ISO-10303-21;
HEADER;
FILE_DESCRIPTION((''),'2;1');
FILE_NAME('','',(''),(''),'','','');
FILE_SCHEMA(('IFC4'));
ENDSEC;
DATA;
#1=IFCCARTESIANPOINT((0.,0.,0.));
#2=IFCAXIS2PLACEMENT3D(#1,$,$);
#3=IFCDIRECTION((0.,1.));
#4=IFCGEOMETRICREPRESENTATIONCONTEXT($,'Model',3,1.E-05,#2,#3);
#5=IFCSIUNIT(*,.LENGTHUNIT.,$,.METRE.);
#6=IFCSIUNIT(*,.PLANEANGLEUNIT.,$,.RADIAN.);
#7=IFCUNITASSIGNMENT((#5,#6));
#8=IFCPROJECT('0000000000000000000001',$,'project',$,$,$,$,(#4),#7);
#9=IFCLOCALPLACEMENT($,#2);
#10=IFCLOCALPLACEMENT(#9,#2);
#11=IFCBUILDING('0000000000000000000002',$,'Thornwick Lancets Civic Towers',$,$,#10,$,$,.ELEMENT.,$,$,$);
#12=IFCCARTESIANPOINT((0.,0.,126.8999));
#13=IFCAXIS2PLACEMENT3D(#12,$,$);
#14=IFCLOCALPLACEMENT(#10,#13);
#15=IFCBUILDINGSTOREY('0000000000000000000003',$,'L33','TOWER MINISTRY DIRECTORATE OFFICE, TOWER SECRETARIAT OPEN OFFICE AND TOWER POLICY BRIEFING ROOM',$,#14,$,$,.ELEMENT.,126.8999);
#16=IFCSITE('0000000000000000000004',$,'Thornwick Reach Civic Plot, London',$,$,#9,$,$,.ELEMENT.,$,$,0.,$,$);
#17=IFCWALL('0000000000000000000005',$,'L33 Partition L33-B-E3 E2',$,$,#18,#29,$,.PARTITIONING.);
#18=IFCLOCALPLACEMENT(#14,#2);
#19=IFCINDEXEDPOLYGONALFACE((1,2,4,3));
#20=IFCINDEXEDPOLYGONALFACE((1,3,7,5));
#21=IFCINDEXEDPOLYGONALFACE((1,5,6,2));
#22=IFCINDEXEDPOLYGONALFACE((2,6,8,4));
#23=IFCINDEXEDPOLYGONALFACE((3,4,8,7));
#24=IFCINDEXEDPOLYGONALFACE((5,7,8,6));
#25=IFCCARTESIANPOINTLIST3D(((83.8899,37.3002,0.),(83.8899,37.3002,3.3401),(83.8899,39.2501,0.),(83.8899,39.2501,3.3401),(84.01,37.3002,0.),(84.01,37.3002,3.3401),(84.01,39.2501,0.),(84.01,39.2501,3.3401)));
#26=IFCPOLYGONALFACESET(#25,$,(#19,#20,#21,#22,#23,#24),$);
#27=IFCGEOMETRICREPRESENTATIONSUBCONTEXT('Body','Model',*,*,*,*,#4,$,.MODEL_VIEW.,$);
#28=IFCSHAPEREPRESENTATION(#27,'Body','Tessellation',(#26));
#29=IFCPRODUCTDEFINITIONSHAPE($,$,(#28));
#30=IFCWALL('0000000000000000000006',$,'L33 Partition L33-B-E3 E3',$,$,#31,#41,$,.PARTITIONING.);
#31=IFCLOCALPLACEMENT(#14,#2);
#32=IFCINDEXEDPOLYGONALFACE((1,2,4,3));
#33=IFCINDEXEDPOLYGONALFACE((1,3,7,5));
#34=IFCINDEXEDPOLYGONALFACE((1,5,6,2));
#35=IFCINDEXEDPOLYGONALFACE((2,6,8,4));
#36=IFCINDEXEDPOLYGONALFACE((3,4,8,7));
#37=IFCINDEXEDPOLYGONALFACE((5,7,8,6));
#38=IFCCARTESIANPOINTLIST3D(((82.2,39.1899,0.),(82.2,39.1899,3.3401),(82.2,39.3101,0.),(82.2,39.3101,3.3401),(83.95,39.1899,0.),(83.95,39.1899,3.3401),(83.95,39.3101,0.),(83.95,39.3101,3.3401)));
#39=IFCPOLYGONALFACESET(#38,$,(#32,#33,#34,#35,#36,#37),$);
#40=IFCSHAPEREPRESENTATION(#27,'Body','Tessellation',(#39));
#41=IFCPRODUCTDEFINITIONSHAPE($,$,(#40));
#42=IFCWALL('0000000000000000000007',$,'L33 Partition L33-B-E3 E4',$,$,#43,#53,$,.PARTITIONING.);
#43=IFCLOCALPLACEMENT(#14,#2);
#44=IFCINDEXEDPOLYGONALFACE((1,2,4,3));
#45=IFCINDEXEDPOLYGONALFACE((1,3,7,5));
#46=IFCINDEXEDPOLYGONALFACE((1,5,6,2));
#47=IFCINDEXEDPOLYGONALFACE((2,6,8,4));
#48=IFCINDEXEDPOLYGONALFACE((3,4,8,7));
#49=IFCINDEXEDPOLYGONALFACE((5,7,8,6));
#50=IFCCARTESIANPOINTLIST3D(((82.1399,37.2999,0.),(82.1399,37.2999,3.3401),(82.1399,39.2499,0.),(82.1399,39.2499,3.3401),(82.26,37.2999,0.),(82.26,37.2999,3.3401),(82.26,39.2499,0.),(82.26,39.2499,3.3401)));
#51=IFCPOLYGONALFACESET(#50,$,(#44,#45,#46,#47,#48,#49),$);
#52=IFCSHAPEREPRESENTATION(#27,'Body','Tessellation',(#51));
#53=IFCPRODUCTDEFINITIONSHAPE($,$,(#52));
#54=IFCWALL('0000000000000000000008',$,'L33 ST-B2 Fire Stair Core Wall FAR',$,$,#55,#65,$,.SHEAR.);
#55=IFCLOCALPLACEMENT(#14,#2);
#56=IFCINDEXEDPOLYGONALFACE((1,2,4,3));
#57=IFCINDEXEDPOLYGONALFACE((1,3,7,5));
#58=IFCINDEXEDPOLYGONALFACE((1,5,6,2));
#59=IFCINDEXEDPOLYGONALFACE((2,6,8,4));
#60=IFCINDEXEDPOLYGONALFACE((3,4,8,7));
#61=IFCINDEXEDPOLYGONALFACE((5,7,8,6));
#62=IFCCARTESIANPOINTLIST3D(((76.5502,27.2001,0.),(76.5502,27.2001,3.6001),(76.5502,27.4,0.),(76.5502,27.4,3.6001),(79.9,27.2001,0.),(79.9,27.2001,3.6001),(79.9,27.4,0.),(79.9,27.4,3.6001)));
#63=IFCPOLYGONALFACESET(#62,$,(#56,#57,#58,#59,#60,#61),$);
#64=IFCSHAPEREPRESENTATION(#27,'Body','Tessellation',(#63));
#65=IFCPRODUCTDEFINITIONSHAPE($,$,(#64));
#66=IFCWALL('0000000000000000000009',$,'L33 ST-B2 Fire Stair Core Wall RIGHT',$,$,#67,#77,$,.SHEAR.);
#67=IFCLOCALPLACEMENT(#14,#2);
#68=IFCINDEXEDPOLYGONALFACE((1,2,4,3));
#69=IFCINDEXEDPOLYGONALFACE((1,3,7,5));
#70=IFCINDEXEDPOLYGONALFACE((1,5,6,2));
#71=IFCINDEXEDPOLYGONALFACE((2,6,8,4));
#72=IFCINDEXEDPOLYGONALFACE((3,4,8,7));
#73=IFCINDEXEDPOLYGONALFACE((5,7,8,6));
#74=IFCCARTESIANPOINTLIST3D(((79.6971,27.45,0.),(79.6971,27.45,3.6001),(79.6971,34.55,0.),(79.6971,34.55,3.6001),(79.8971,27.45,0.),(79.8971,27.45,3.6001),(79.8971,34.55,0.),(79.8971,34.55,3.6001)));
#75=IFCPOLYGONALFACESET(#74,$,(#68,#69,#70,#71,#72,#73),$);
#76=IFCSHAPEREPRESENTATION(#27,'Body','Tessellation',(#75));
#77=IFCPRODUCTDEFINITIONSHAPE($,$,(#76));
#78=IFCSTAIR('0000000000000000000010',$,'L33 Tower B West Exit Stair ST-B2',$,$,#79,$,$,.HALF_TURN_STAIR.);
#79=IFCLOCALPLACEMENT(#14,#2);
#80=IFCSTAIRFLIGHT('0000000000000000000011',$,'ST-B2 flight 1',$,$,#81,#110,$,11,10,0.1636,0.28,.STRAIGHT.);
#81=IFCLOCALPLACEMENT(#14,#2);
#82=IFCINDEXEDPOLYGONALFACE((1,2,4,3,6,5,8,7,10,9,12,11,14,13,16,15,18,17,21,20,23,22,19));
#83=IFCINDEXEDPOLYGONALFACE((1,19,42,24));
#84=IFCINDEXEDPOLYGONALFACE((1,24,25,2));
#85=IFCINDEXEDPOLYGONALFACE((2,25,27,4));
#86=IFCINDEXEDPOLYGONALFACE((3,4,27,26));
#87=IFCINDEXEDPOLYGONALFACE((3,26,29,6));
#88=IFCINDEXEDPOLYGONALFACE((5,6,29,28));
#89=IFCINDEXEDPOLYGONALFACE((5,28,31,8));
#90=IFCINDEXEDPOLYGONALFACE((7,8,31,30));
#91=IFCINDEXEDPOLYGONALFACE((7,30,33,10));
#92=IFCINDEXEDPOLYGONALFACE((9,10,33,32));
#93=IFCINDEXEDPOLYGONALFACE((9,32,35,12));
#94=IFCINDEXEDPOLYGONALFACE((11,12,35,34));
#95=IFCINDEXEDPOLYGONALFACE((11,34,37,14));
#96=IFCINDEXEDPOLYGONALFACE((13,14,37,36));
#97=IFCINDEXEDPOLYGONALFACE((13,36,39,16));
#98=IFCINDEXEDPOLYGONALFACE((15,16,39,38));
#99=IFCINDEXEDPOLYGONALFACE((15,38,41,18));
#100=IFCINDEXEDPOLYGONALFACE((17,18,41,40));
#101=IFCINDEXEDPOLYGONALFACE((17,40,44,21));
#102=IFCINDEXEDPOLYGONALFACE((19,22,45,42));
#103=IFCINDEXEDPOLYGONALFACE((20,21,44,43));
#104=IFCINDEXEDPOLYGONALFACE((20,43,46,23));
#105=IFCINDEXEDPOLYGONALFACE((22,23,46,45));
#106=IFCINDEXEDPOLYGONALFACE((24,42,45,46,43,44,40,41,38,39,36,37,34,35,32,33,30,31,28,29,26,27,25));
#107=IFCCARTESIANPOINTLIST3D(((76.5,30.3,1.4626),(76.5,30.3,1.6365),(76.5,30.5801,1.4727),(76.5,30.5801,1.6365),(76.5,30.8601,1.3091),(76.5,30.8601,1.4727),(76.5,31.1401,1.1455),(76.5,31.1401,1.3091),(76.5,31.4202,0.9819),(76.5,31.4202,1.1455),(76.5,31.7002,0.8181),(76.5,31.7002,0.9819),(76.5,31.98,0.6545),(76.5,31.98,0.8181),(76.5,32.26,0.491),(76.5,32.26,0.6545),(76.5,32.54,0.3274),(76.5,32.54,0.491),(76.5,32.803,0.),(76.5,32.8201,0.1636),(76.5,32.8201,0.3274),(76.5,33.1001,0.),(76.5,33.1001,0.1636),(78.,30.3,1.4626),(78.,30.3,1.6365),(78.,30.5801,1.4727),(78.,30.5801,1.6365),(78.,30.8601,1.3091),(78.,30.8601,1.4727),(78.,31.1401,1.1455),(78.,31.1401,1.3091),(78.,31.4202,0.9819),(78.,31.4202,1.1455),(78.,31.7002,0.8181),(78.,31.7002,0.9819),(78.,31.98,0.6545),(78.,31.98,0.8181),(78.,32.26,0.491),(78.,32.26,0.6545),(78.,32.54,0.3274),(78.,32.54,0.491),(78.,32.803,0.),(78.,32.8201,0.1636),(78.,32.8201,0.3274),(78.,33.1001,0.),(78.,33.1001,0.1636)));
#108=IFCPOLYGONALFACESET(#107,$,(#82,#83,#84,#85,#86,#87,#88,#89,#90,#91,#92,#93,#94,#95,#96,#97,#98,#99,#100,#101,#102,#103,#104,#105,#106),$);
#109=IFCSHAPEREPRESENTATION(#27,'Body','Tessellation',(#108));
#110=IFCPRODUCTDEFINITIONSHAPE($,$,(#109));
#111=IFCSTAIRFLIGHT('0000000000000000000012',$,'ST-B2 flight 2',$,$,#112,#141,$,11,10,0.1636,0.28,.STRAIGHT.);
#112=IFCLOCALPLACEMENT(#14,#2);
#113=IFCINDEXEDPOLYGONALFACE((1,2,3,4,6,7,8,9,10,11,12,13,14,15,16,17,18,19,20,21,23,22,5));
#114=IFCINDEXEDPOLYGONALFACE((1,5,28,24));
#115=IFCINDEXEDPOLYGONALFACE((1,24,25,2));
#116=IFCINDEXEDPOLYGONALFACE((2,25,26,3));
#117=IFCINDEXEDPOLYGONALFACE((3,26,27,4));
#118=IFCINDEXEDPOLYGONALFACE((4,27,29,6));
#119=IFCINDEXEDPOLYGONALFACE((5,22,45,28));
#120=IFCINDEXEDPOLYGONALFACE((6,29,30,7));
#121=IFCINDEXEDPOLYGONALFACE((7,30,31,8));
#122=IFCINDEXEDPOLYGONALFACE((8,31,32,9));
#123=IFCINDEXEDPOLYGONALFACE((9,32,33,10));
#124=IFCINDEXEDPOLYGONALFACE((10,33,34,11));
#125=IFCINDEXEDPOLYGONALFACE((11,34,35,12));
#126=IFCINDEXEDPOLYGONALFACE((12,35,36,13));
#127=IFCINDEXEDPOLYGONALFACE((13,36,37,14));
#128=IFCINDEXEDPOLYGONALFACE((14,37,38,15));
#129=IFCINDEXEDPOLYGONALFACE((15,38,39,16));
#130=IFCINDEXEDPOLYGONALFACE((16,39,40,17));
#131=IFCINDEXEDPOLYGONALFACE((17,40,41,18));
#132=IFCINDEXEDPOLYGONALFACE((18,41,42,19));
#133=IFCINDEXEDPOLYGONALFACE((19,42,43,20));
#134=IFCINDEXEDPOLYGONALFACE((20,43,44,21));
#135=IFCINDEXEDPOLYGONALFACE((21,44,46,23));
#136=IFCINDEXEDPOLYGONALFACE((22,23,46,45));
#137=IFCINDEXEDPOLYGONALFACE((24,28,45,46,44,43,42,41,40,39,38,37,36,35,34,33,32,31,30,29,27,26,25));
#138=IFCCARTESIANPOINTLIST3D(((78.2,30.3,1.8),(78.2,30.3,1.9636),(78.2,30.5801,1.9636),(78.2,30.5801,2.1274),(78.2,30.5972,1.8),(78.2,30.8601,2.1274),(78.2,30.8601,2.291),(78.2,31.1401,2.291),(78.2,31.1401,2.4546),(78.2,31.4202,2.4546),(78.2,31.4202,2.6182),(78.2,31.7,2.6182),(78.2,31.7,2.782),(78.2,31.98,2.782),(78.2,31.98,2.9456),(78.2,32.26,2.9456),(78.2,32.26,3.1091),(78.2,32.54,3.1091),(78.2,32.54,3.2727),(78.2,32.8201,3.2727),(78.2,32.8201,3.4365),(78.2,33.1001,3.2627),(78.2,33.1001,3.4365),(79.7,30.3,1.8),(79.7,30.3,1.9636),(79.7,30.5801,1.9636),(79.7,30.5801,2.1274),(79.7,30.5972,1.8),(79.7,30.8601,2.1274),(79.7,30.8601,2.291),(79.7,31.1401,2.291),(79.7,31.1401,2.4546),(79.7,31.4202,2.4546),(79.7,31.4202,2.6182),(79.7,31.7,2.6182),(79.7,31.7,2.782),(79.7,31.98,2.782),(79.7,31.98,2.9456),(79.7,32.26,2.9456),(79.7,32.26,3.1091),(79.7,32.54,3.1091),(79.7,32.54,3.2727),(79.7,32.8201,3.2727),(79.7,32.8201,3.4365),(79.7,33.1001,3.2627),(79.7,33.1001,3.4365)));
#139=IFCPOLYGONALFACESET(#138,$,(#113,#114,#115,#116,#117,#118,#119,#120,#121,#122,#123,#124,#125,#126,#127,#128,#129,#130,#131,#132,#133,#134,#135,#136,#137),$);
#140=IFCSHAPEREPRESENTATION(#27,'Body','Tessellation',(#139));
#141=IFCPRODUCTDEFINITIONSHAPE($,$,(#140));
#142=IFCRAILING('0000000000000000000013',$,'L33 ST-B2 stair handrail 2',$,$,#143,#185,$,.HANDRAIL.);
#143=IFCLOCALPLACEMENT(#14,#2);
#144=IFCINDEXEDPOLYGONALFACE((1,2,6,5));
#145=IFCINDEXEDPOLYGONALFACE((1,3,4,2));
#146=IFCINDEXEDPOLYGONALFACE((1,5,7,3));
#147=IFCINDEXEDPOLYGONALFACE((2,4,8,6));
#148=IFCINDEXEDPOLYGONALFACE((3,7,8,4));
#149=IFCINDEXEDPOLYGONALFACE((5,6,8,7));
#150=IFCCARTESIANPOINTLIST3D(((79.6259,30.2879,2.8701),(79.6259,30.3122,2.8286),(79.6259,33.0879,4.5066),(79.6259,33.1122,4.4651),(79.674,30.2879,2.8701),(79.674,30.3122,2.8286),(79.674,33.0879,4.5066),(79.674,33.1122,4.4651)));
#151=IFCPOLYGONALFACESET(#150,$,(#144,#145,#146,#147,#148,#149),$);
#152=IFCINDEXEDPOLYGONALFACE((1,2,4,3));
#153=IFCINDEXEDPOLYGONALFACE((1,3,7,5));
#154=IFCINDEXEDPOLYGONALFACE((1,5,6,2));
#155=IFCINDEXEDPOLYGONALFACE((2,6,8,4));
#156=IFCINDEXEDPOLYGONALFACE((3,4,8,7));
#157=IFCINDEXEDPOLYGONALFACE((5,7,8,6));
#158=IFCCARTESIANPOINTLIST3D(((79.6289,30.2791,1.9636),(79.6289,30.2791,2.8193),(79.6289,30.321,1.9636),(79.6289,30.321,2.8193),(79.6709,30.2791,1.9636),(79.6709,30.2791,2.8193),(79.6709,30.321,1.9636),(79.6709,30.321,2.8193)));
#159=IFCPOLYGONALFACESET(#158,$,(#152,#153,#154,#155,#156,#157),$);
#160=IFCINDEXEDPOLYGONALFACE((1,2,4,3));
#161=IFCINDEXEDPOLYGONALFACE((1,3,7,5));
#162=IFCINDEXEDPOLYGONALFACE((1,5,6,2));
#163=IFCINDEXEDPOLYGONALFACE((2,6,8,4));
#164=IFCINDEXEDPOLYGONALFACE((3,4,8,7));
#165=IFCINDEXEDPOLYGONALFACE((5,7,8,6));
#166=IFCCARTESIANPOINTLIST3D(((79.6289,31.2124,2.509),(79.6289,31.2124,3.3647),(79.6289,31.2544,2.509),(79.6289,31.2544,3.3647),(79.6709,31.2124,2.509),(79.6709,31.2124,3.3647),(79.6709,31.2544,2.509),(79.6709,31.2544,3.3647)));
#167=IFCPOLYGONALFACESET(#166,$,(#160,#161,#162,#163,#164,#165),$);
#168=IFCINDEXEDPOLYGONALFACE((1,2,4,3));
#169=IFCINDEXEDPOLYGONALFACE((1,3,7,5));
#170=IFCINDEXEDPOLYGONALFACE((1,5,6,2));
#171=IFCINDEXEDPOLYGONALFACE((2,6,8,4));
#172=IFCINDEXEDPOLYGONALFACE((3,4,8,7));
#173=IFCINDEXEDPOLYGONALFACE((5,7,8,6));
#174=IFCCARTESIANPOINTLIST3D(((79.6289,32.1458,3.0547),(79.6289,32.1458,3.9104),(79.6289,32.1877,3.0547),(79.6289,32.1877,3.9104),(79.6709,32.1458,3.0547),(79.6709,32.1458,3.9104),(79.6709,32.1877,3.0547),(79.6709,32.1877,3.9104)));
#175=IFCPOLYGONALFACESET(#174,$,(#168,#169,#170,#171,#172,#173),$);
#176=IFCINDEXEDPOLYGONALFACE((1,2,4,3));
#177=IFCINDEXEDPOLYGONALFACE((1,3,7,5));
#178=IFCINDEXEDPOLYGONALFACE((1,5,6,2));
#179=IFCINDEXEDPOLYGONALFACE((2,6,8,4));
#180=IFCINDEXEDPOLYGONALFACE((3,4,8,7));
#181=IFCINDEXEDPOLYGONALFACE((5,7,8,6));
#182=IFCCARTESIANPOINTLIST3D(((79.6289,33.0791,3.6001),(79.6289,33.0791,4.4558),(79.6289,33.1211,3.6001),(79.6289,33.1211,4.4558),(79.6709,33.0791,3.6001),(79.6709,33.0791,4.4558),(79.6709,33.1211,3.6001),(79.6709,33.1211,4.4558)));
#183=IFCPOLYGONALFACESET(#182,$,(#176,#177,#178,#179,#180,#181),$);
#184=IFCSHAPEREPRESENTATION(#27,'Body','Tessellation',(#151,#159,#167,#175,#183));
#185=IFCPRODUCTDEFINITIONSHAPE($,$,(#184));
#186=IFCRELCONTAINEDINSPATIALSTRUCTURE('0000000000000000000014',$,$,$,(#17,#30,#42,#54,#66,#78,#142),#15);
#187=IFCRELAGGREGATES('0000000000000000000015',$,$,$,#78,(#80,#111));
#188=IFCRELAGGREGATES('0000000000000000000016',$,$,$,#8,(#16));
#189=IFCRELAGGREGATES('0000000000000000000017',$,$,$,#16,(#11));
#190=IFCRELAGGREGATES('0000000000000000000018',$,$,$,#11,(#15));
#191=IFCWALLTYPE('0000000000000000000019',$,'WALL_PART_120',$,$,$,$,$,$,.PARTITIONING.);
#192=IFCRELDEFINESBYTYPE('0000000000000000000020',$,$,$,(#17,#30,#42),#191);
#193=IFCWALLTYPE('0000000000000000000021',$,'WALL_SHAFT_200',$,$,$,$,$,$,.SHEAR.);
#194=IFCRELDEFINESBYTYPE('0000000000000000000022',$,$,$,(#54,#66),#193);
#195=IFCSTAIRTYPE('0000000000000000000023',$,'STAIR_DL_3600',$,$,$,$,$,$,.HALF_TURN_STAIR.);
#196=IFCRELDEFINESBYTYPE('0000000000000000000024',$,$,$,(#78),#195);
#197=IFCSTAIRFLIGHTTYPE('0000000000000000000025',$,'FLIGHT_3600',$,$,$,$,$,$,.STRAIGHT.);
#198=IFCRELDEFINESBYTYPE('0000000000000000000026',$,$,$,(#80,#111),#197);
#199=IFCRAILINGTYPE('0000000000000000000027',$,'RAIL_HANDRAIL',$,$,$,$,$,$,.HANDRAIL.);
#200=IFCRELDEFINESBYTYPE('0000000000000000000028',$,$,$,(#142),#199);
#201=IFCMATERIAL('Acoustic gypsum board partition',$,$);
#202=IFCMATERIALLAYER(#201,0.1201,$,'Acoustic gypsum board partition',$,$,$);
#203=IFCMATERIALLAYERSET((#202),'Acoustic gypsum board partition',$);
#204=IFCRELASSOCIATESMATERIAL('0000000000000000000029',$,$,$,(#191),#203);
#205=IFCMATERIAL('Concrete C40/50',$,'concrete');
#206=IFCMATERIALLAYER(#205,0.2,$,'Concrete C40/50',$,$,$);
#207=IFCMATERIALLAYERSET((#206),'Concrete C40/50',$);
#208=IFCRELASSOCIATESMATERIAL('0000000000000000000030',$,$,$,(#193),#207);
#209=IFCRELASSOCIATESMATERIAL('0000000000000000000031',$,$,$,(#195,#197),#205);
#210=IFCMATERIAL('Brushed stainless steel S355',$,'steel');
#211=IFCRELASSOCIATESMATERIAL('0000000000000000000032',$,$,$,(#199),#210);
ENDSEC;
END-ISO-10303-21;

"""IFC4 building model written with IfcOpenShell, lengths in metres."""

from ifc_helpers import new_model, si_unit, direction, frame, frame_2d, origin, origin_2d, place, context, subcontext, project, spatial, polyline, rectangle, outline, extrude, material, layer, layer_set, type_object, element, aggregate, save


model = new_model("IFC4")

# Units and contexts
model_context = context("Model", 3, precision=1e-05, world=origin(), true_north=direction((0.0, 1.0)))
body_context = subcontext(model_context, "Body", "Model", "MODEL_VIEW")
ifc_project = project(units=[si_unit("LENGTHUNIT", "METRE"), si_unit("PLANEANGLEUNIT", "RADIAN")], contexts=[model_context])

# Site, building, storey
site_placement = place(None, origin())
site = spatial("IfcSite", under=ifc_project, at=site_placement, Name="Thornwick Reach Civic Plot, London", CompositionType="ELEMENT", RefElevation=0.0)
building_placement = place(site_placement, origin())
building = spatial("IfcBuilding", under=site, at=building_placement, Name="Thornwick Lancets Civic Towers", CompositionType="ELEMENT")
storey_placement = place(building_placement, frame((0.0, 0.0, 126.8999)))
storey = spatial("IfcBuildingStorey", under=building, at=storey_placement, Name="L33", Description="TOWER MINISTRY DIRECTORATE OFFICE, TOWER SECRETARIAT OPEN OFFICE AND TOWER POLICY BRIEFING ROOM", CompositionType="ELEMENT", Elevation=126.8999)

# Shared definitions
ifc_material_1 = material(Name="Acoustic gypsum board partition")
ifc_layer_1 = layer(ifc_material_1, 0.1201, Name="Acoustic gypsum board partition")
ifc_layer_set_1 = layer_set([ifc_layer_1], Name="Acoustic gypsum board partition")
wall_type_1 = type_object("IfcWallType", Name="WALL_PART_120", PredefinedType="PARTITIONING", material=ifc_layer_set_1)

# Walls
wall_1_placement = place(storey_placement, frame((83.95, 37.3, 0.0), z_axis=(0.0, 0.0, 1.0), x_axis=(0.0, 1.0, 0.0)))
element("IfcWall", 1, at=wall_1_placement, inside=storey, type_object=wall_type_1, Name="L33 Partition L33-B-E3 E2", PredefinedType="PARTITIONING", context=body_context, shape_type="SweptSolid", body=[
    extrude(rectangle(XDim=1.95, YDim=0.1201, at=frame_2d((0.9751, 0.0))), origin(), (0.0, 0.0, 1.0), 3.3401),
])
wall_2_placement = place(storey_placement, frame((83.95, 39.25, 0.0), z_axis=(0.0, 0.0, 1.0), x_axis=(-1.0, 0.0, 0.0)))
element("IfcWall", 2, at=wall_2_placement, inside=storey, type_object=wall_type_1, Name="L33 Partition L33-B-E3 E3", PredefinedType="PARTITIONING", context=body_context, shape_type="SweptSolid", body=[
    extrude(rectangle(XDim=1.75, YDim=0.1201, at=frame_2d((0.875, 0.0))), origin(), (0.0, 0.0, 1.0), 3.3401),
])
wall_3_placement = place(storey_placement, frame((82.2, 39.25, 0.0), z_axis=(0.0, 0.0, 1.0), x_axis=(0.0, -1.0, 0.0)))
element("IfcWall", 3, at=wall_3_placement, inside=storey, type_object=wall_type_1, Name="L33 Partition L33-B-E3 E4", PredefinedType="PARTITIONING", context=body_context, shape_type="SweptSolid", body=[
    extrude(rectangle(XDim=1.95, YDim=0.1201, at=frame_2d((0.9751, 0.0))), origin(), (0.0, 0.0, 1.0), 3.3401),
])
ifc_material_2 = material(Name="Concrete C40/50", Category="concrete")
ifc_layer_2 = layer(ifc_material_2, 0.2, Name="Concrete C40/50")
ifc_layer_set_2 = layer_set([ifc_layer_2], Name="Concrete C40/50")
wall_type_2 = type_object("IfcWallType", Name="WALL_SHAFT_200", PredefinedType="SHEAR", material=ifc_layer_set_2)
wall_4_placement = place(storey_placement, frame((79.8999, 27.3, 0.0), z_axis=(0.0, 0.0, 1.0), x_axis=(-1.0, 0.0, 0.0)))
element("IfcWall", 4, at=wall_4_placement, inside=storey, type_object=wall_type_2, Name="L33 ST-B2 Fire Stair Core Wall FAR", PredefinedType="SHEAR", context=body_context, shape_type="SweptSolid", body=[
    extrude(rectangle(XDim=3.3499, YDim=0.2, at=frame_2d((1.6748, 0.0))), origin(), (0.0, 0.0, 1.0), 3.6001),
])
wall_5_placement = place(storey_placement, frame((79.7971, 27.45, 0.0), z_axis=(0.0, 0.0, 1.0), x_axis=(0.0, 1.0, 0.0)))
element("IfcWall", 5, at=wall_5_placement, inside=storey, type_object=wall_type_2, Name="L33 ST-B2 Fire Stair Core Wall RIGHT", PredefinedType="SHEAR", context=body_context, shape_type="SweptSolid", body=[
    extrude(rectangle(XDim=7.1001, YDim=0.2, at=frame_2d((3.55, 0.0))), origin(), (0.0, 0.0, 1.0), 3.6001),
])

# Stair, stair flights
stair_type = type_object("IfcStairType", Name="STAIR_DL_3600", PredefinedType="HALF_TURN_STAIR", material=ifc_material_2)
stair_placement = place(storey_placement, origin())
stair = element("IfcStair", 6, at=stair_placement, inside=storey, type_object=stair_type, Name="L33 Tower B West Exit Stair ST-B2", PredefinedType="HALF_TURN_STAIR")
stair_flight_type = type_object("IfcStairFlightType", Name="FLIGHT_3600", PredefinedType="STRAIGHT", material=ifc_material_2)
stair_flight_1_placement = place(storey_placement, frame((77.25, 33.1001, 0.0), z_axis=(0.0, 0.0, 1.0), x_axis=(0.0, -1.0, 0.0)))
stair_flight_1 = element("IfcStairFlight", 7, at=stair_flight_1_placement, type_object=stair_flight_type, Name="ST-B2 flight 1", NumberOfRisers=11, NumberOfTreads=10, PredefinedType="STRAIGHT", RiserHeight=0.1636, TreadLength=0.28, context=body_context, shape_type="SweptSolid", body=[
    extrude(outline(polyline([(0.0, 0.0), (0.0, 0.1636), (0.28, 0.1636), (0.28, 0.3274), (0.5601, 0.3274), (0.5601, 0.491), (0.8401, 0.491), (0.8401, 0.6545), (1.1201, 0.6545), (1.1201, 0.8181), (1.3999, 0.8181), (1.3999, 0.9819), (1.6799, 0.9819), (1.6799, 1.1455), (1.96, 1.1455), (1.96, 1.3091), (2.24, 1.3091), (2.24, 1.4727), (2.52, 1.4727), (2.52, 1.6365), (2.8, 1.6365), (2.8, 1.8), (2.8, 1.4626), (0.2971, 0.0), (0.0, 0.0)])), frame((0.0, 0.75, 0.0), z_axis=(0.0, -1.0, 0.0), x_axis=(1.0, 0.0, 0.0)), (0.0, 0.0, 1.0), 1.5),
])
stair_flight_2_placement = place(storey_placement, frame((78.95, 30.3, 1.8), z_axis=(0.0, 0.0, 1.0), x_axis=(0.0, 1.0, 0.0)))
stair_flight_2 = element("IfcStairFlight", 8, at=stair_flight_2_placement, type_object=stair_flight_type, Name="ST-B2 flight 2", NumberOfRisers=11, NumberOfTreads=10, PredefinedType="STRAIGHT", RiserHeight=0.1636, TreadLength=0.28, context=body_context, shape_type="SweptSolid", body=[
    extrude(outline(polyline([(0.0, 0.0), (0.0, 0.1636), (0.28, 0.1636), (0.28, 0.3274), (0.5601, 0.3274), (0.5601, 0.491), (0.8401, 0.491), (0.8401, 0.6545), (1.1201, 0.6545), (1.1201, 0.8181), (1.3999, 0.8181), (1.3999, 0.9819), (1.6799, 0.9819), (1.6799, 1.1455), (1.96, 1.1455), (1.96, 1.3091), (2.24, 1.3091), (2.24, 1.4727), (2.52, 1.4727), (2.52, 1.6365), (2.8, 1.6365), (2.8, 1.8), (2.8, 1.4626), (0.2971, 0.0), (0.0, 0.0)])), frame((0.0, 0.75, 0.0), z_axis=(0.0, -1.0, 0.0), x_axis=(1.0, 0.0, 0.0)), (0.0, 0.0, 1.0), 1.5),
])
aggregate(stair, [stair_flight_1, stair_flight_2])

# Railing
ifc_material_3 = material(Name="Brushed stainless steel S355", Category="steel")
railing_type_1 = type_object("IfcRailingType", Name="RAIL_HANDRAIL", PredefinedType="HANDRAIL", material=ifc_material_3)
railing_1_placement = place(storey_placement, frame((79.6499, 30.3, 1.9636)))
element("IfcRailing", 9, at=railing_1_placement, inside=storey, type_object=railing_type_1, Name="L33 ST-B2 stair handrail 2", PredefinedType="HANDRAIL", context=body_context, shape_type="SweptSolid", body=[
    extrude(rectangle(XDim=0.0481, YDim=0.0481, at=origin_2d()), frame((0.0, 0.0, 0.8857), z_axis=(0.0, 0.863361, 0.504587), x_axis=(-1.0, 0.0, 0.0)), (0.0, 0.0, 1.0), 3.2432),
    extrude(rectangle(XDim=0.042, YDim=0.042, at=origin_2d()), origin(), (0.0, 0.0, 1.0), 0.8557),
    extrude(rectangle(XDim=0.042, YDim=0.042, at=origin_2d()), frame((0.0, 0.9333, 0.5454)), (0.0, 0.0, 1.0), 0.8557),
    extrude(rectangle(XDim=0.042, YDim=0.042, at=origin_2d()), frame((0.0, 1.8667, 1.0911)), (0.0, 0.0, 1.0), 0.8557),
    extrude(rectangle(XDim=0.042, YDim=0.042, at=origin_2d()), frame((0.0, 2.8, 1.6365)), (0.0, 0.0, 1.0), 0.8557),
])

save(model, "model.ifc")
